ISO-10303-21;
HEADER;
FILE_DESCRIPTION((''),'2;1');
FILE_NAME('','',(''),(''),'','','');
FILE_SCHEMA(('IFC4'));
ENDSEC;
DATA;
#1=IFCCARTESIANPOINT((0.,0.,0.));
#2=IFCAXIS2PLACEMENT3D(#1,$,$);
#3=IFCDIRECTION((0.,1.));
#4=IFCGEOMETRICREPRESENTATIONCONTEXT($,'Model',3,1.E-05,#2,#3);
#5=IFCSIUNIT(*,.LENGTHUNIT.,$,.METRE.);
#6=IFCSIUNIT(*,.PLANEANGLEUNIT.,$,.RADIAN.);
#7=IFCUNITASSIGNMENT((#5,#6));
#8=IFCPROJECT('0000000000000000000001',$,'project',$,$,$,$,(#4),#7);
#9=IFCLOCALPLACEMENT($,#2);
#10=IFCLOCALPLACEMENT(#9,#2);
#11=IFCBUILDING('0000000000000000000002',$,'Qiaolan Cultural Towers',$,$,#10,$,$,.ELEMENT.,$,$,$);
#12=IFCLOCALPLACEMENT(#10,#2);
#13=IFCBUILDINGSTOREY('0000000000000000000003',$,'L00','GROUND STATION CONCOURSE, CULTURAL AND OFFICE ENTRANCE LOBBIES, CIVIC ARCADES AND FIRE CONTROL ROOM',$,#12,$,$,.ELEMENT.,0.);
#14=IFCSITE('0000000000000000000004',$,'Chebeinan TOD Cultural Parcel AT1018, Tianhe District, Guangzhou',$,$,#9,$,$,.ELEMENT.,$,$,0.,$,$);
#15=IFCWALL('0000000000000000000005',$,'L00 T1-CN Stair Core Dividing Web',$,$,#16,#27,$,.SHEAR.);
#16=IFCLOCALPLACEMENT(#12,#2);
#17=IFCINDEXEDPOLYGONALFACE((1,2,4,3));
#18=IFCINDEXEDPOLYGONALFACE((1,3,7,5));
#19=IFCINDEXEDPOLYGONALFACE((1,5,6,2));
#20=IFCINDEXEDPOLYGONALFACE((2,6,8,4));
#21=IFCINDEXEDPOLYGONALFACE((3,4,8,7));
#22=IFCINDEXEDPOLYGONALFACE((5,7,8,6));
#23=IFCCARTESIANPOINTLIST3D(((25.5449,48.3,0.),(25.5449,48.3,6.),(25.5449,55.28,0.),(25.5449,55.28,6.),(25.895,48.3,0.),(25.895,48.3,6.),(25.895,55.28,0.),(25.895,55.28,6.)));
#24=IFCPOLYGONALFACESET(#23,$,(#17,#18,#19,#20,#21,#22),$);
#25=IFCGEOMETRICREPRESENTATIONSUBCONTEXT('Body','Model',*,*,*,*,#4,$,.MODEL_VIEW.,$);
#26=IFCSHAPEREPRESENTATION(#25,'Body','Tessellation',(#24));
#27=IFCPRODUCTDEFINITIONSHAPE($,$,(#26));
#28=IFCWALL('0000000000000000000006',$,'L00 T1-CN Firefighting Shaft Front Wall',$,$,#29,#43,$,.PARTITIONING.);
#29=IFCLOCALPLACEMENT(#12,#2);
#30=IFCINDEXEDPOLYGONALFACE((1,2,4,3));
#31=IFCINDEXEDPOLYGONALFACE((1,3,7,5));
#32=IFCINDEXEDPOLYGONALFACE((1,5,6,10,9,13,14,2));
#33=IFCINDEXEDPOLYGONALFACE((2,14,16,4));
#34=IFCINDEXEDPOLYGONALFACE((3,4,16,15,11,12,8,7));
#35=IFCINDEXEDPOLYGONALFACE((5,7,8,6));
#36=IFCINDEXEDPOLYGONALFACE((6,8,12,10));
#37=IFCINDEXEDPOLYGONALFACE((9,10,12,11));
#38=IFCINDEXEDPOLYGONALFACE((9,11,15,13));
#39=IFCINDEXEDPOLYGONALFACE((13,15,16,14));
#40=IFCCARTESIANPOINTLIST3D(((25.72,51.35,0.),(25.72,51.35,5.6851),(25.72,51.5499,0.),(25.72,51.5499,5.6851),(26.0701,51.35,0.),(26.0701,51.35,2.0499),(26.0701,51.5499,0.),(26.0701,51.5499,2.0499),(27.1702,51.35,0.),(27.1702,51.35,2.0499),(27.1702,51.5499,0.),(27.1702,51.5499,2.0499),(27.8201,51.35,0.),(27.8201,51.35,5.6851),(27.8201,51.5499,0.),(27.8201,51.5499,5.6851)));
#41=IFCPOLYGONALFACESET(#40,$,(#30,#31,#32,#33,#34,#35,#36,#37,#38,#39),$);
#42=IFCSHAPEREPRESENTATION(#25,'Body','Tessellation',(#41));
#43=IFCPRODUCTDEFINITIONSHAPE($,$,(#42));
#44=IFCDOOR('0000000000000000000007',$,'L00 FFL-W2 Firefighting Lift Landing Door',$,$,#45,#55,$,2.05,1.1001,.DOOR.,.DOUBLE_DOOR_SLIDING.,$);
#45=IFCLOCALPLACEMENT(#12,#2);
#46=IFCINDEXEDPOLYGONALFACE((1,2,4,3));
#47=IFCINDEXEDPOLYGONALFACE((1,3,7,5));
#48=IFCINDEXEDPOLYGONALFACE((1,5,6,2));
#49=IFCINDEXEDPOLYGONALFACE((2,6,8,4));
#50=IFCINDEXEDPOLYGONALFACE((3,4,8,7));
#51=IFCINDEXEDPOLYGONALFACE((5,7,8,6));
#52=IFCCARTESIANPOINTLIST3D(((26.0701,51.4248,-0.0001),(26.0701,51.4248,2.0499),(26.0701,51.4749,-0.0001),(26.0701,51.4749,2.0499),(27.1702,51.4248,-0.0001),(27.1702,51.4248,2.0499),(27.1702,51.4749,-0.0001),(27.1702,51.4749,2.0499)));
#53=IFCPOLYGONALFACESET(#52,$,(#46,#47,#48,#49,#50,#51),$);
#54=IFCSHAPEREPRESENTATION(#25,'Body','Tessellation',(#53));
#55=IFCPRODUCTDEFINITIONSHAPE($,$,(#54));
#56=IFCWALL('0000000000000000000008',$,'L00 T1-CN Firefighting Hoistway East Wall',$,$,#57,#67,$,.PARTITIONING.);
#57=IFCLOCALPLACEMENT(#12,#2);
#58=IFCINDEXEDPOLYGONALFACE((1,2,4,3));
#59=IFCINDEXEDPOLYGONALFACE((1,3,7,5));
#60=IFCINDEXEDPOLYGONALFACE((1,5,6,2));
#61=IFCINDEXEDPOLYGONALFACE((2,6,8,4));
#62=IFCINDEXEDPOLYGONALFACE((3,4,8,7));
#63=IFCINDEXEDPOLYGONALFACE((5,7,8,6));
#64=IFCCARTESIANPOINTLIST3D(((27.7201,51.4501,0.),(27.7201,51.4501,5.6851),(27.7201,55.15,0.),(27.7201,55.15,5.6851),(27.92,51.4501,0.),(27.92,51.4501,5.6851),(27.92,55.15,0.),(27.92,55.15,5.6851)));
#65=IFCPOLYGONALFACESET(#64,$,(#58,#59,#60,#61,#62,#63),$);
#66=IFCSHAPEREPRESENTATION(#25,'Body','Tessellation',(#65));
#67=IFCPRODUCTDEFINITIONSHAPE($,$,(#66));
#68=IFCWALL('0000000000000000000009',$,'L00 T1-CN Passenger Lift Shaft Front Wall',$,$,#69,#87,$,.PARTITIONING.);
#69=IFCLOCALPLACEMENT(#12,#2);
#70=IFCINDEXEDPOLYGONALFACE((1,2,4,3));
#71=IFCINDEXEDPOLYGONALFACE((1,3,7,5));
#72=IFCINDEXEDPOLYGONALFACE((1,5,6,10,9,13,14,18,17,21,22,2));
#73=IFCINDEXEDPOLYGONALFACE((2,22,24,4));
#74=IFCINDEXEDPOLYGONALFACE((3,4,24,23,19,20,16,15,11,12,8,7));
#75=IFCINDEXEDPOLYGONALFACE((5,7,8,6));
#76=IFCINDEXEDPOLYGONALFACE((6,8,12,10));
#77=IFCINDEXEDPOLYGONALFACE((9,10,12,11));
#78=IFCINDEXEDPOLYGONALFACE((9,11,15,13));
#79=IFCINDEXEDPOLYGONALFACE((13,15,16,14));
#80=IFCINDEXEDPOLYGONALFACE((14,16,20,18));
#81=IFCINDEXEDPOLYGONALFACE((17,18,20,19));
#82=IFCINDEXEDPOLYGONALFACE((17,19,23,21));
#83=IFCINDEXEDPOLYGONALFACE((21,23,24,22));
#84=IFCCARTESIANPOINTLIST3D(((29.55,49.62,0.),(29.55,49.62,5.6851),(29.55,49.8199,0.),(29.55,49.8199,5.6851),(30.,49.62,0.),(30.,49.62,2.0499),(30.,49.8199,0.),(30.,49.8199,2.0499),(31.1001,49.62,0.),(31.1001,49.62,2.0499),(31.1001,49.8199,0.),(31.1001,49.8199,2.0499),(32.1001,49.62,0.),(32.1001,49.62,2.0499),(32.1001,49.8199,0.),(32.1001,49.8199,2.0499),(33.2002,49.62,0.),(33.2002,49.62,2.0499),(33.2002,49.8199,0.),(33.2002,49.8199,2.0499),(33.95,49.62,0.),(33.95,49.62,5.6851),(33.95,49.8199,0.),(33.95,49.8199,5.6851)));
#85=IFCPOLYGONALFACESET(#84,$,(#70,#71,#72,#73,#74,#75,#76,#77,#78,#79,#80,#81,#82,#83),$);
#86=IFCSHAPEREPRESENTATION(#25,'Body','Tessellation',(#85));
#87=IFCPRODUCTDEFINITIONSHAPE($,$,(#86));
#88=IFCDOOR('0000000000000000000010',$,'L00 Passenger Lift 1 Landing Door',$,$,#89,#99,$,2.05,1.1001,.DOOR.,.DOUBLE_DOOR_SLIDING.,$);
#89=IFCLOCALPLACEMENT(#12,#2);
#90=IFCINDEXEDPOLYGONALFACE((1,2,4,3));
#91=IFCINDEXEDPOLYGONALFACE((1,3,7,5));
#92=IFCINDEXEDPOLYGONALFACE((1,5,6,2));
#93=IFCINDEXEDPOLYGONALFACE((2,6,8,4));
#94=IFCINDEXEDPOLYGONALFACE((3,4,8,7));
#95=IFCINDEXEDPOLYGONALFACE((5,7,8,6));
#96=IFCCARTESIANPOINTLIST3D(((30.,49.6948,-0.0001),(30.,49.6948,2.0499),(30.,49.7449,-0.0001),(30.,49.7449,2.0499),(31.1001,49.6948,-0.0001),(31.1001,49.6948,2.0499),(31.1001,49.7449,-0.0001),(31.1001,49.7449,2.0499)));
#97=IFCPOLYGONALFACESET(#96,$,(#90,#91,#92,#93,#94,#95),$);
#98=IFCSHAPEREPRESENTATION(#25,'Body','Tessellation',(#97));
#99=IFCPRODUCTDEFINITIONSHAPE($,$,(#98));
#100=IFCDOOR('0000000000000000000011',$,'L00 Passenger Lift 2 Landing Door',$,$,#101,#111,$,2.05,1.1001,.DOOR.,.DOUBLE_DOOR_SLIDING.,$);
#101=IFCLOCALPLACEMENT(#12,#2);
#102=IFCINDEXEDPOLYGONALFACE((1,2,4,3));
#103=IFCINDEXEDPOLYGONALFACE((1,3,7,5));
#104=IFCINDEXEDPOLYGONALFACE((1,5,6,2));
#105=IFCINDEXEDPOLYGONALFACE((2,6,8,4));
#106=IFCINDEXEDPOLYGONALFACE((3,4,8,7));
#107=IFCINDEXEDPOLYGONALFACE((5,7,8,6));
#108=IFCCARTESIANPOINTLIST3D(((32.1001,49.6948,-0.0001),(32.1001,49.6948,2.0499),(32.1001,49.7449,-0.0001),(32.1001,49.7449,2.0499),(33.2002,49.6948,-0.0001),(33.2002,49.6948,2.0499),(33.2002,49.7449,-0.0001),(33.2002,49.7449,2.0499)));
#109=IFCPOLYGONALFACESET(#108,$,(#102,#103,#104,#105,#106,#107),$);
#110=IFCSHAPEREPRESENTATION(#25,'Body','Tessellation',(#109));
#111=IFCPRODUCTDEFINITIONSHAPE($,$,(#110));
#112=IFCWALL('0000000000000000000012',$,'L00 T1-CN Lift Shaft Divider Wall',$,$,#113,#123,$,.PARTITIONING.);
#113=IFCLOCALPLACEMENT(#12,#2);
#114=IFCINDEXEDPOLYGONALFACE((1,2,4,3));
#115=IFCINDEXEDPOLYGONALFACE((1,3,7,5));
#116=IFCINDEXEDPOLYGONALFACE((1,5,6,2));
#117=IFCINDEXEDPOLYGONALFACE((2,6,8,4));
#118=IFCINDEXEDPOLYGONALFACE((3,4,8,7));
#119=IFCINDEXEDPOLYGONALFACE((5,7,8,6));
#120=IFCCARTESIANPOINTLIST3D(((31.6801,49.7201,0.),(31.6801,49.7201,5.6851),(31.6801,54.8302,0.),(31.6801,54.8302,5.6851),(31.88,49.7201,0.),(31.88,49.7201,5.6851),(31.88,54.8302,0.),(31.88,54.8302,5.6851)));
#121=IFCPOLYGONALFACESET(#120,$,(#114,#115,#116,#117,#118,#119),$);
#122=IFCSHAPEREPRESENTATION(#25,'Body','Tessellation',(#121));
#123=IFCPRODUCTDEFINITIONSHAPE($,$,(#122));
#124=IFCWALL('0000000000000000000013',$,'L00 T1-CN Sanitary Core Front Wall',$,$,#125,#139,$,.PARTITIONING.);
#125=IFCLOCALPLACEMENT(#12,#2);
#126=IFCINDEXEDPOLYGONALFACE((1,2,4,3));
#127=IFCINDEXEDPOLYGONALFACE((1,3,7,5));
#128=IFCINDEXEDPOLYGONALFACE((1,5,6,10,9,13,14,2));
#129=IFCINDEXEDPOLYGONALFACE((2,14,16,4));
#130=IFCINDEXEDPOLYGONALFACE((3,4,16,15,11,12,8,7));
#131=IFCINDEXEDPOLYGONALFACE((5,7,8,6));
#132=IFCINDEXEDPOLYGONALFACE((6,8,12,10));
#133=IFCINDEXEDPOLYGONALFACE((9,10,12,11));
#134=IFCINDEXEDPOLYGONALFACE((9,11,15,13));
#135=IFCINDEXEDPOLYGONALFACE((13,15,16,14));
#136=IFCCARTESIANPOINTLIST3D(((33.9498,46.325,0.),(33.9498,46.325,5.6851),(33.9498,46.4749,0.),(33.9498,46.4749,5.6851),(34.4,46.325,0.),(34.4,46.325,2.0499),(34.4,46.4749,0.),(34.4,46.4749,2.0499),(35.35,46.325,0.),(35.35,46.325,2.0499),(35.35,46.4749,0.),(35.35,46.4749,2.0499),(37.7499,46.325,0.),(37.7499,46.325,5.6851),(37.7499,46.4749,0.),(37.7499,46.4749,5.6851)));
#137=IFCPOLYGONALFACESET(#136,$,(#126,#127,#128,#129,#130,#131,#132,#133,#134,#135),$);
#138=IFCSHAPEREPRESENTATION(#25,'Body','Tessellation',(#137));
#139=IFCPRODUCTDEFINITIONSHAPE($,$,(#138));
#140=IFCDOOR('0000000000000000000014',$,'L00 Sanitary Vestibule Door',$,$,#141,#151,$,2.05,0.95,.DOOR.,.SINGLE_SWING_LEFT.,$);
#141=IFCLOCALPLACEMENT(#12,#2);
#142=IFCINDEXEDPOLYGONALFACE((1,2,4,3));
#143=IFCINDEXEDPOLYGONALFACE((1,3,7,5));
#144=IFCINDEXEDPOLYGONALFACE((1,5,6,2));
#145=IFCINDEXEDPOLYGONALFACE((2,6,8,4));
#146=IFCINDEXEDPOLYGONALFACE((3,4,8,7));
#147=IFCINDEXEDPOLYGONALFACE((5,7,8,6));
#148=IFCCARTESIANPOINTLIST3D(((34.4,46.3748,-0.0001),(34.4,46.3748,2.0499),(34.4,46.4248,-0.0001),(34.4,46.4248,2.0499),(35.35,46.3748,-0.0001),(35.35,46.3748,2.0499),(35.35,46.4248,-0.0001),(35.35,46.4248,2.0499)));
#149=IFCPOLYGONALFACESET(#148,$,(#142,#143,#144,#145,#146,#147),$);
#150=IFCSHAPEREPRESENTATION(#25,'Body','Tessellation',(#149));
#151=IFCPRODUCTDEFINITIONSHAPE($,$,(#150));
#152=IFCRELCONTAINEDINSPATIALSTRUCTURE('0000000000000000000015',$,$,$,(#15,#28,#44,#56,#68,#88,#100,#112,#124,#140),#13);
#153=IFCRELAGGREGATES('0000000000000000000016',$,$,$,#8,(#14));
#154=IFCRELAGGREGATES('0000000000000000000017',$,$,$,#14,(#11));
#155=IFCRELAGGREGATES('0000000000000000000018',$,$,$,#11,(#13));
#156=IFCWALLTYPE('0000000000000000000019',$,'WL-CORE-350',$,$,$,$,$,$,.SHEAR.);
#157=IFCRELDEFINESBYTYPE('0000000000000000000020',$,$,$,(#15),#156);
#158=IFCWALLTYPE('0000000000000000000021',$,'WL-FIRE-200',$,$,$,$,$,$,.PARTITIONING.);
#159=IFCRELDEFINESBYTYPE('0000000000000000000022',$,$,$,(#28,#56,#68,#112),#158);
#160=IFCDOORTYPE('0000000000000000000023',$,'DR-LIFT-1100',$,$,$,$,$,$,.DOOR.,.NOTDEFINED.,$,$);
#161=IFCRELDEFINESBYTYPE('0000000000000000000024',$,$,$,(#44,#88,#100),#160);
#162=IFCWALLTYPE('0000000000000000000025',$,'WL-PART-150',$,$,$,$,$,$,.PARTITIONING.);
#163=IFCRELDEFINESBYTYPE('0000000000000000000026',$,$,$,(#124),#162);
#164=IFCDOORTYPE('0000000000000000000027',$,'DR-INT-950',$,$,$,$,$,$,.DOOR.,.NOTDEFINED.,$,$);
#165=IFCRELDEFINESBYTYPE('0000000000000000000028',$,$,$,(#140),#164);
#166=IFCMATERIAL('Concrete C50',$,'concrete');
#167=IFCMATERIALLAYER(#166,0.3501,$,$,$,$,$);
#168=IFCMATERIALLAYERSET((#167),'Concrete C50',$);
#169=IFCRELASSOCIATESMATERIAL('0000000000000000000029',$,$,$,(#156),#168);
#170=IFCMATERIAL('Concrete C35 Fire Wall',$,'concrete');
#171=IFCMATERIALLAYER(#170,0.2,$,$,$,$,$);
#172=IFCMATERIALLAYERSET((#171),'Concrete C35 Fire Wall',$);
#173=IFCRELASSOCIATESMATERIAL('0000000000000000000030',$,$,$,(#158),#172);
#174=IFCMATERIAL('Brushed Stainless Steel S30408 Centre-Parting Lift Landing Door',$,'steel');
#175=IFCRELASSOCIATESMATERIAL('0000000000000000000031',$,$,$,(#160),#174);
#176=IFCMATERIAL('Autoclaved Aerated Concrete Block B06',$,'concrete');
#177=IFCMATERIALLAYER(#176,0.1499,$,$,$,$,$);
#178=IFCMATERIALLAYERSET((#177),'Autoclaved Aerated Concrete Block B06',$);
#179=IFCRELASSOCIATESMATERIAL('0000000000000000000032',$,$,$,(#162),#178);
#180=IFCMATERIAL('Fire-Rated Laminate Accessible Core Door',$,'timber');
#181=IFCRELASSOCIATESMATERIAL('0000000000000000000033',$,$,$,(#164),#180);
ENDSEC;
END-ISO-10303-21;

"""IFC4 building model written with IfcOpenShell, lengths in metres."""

from ifc_helpers import new_model, si_unit, direction, frame, frame_2d, origin, place, context, subcontext, project, spatial, rectangle, extrude, material, layer, layer_set, type_object, element, fill, save


model = new_model("IFC4")

# Units and contexts
model_context = context("Model", 3, precision=1e-05, world=origin(), true_north=direction((0.0, 1.0)))
body_context = subcontext(model_context, "Body", "Model", "MODEL_VIEW")
ifc_project = project(units=[si_unit("LENGTHUNIT", "METRE"), si_unit("PLANEANGLEUNIT", "RADIAN")], contexts=[model_context])

# Site, building, storey
site_placement = place(None, origin())
site = spatial("IfcSite", under=ifc_project, at=site_placement, Name="Chebeinan TOD Cultural Parcel AT1018, Tianhe District, Guangzhou", CompositionType="ELEMENT", RefElevation=0.0)
building_placement = place(site_placement, origin())
building = spatial("IfcBuilding", under=site, at=building_placement, Name="Qiaolan Cultural Towers", CompositionType="ELEMENT")
storey_placement = place(building_placement, origin())
storey = spatial("IfcBuildingStorey", under=building, at=storey_placement, Name="L00", Description="GROUND STATION CONCOURSE, CULTURAL AND OFFICE ENTRANCE LOBBIES, CIVIC ARCADES AND FIRE CONTROL ROOM", CompositionType="ELEMENT", Elevation=0.0)

# Wall
ifc_material_1 = material(Name="Concrete C50", Category="concrete")
ifc_layer_1 = layer(ifc_material_1, 0.3501)
ifc_layer_set_1 = layer_set([ifc_layer_1], Name="Concrete C50")
wall_type_1 = type_object("IfcWallType", Name="WL-CORE-350", PredefinedType="SHEAR", material=ifc_layer_set_1)
wall_1_placement = place(storey_placement, frame((25.72, 48.3, 0.0), z_axis=(0.0, 0.0, 1.0), x_axis=(0.0, 1.0, 0.0)))
element("IfcWall", 1, at=wall_1_placement, inside=storey, type_object=wall_type_1, Name="L00 T1-CN Stair Core Dividing Web", PredefinedType="SHEAR", context=body_context, shape_type="SweptSolid", body=[
    extrude(rectangle(XDim=6.98, YDim=0.3501, at=frame_2d((3.49, 0.0))), origin(), (0.0, 0.0, 1.0), 6.0),
])

# Wall, opening, door
ifc_material_2 = material(Name="Concrete C35 Fire Wall", Category="concrete")
ifc_layer_2 = layer(ifc_material_2, 0.2)
ifc_layer_set_2 = layer_set([ifc_layer_2], Name="Concrete C35 Fire Wall")
wall_type_2 = type_object("IfcWallType", Name="WL-FIRE-200", PredefinedType="PARTITIONING", material=ifc_layer_set_2)
wall_2_placement = place(storey_placement, frame((25.72, 51.45, 0.0), z_axis=(0.0, 0.0, 1.0), x_axis=(1.0, 0.0, 0.0)))
wall_2 = element("IfcWall", 2, at=wall_2_placement, inside=storey, type_object=wall_type_2, Name="L00 T1-CN Firefighting Shaft Front Wall", PredefinedType="PARTITIONING", context=body_context, shape_type="SweptSolid", body=[
    extrude(rectangle(XDim=2.1001, YDim=0.2, at=frame_2d((1.05, 0.0))), origin(), (0.0, 0.0, 1.0), 5.6851),
])
opening_1_placement = place(wall_2_placement, frame((0.3501, 0.0, 0.0)))
opening_1 = element("IfcOpeningElement", 3, at=opening_1_placement, cuts=wall_2, PredefinedType="OPENING", context=body_context, shape_type="SweptSolid", body=[
    extrude(rectangle(XDim=1.1001, YDim=2.05, at=frame_2d((0.55, 1.0249))), frame((0.0, 0.1099, 0.0), z_axis=(0.0, -1.0, 0.0), x_axis=(1.0, 0.0, 0.0)), (0.0, 0.0, 1.0), 0.22),
])
ifc_material_3 = material(Name="Brushed Stainless Steel S30408 Centre-Parting Lift Landing Door", Category="steel")
door_type_1 = type_object("IfcDoorType", Name="DR-LIFT-1100", OperationType="NOTDEFINED", PredefinedType="DOOR", material=ifc_material_3)
door_1_placement = place(opening_1_placement, origin())
door_1 = element("IfcDoor", 4, at=door_1_placement, inside=storey, type_object=door_type_1, Name="L00 FFL-W2 Firefighting Lift Landing Door", OperationType="DOUBLE_DOOR_SLIDING", OverallHeight=2.05, OverallWidth=1.1001, PredefinedType="DOOR", context=body_context, shape_type="SweptSolid", body=[
    extrude(rectangle(XDim=1.1001, YDim=2.05, at=frame_2d((0.55, 1.0249))), frame((0.0, 0.0249, 0.0), z_axis=(0.0, -1.0, 0.0), x_axis=(1.0, 0.0, 0.0)), (0.0, 0.0, 1.0), 0.05),
])
fill(opening_1, door_1)

# Wall
wall_3_placement = place(storey_placement, frame((27.8201, 51.45, 0.0), z_axis=(0.0, 0.0, 1.0), x_axis=(0.0, 1.0, 0.0)))
element("IfcWall", 5, at=wall_3_placement, inside=storey, type_object=wall_type_2, Name="L00 T1-CN Firefighting Hoistway East Wall", PredefinedType="PARTITIONING", context=body_context, shape_type="SweptSolid", body=[
    extrude(rectangle(XDim=3.7, YDim=0.2, at=frame_2d((1.8501, 0.0))), origin(), (0.0, 0.0, 1.0), 5.6851),
])

# Wall, openings, doors
wall_4_placement = place(storey_placement, frame((29.55, 49.72, 0.0), z_axis=(0.0, 0.0, 1.0), x_axis=(1.0, 0.0, 0.0)))
wall_4 = element("IfcWall", 6, at=wall_4_placement, inside=storey, type_object=wall_type_2, Name="L00 T1-CN Passenger Lift Shaft Front Wall", PredefinedType="PARTITIONING", context=body_context, shape_type="SweptSolid", body=[
    extrude(rectangle(XDim=4.3999, YDim=0.2, at=frame_2d((2.2, 0.0))), origin(), (0.0, 0.0, 1.0), 5.6851),
])
opening_2_placement = place(wall_4_placement, frame((0.45, 0.0, 0.0)))
opening_2 = element("IfcOpeningElement", 7, at=opening_2_placement, cuts=wall_4, PredefinedType="OPENING", context=body_context, shape_type="SweptSolid", body=[
    extrude(rectangle(XDim=1.1001, YDim=2.05, at=frame_2d((0.55, 1.0249))), frame((0.0, 0.1099, 0.0), z_axis=(0.0, -1.0, 0.0), x_axis=(1.0, 0.0, 0.0)), (0.0, 0.0, 1.0), 0.22),
])
opening_3_placement = place(wall_4_placement, frame((2.55, 0.0, 0.0)))
opening_3 = element("IfcOpeningElement", 8, at=opening_3_placement, cuts=wall_4, PredefinedType="OPENING", context=body_context, shape_type="SweptSolid", body=[
    extrude(rectangle(XDim=1.1001, YDim=2.05, at=frame_2d((0.55, 1.0249))), frame((0.0, 0.1099, 0.0), z_axis=(0.0, -1.0, 0.0), x_axis=(1.0, 0.0, 0.0)), (0.0, 0.0, 1.0), 0.22),
])
door_2_placement = place(opening_2_placement, origin())
door_2 = element("IfcDoor", 9, at=door_2_placement, inside=storey, type_object=door_type_1, Name="L00 Passenger Lift 1 Landing Door", OperationType="DOUBLE_DOOR_SLIDING", OverallHeight=2.05, OverallWidth=1.1001, PredefinedType="DOOR", context=body_context, shape_type="SweptSolid", body=[
    extrude(rectangle(XDim=1.1001, YDim=2.05, at=frame_2d((0.55, 1.0249))), frame((0.0, 0.0249, 0.0), z_axis=(0.0, -1.0, 0.0), x_axis=(1.0, 0.0, 0.0)), (0.0, 0.0, 1.0), 0.05),
])
fill(opening_2, door_2)
door_3_placement = place(opening_3_placement, origin())
door_3 = element("IfcDoor", 10, at=door_3_placement, inside=storey, type_object=door_type_1, Name="L00 Passenger Lift 2 Landing Door", OperationType="DOUBLE_DOOR_SLIDING", OverallHeight=2.05, OverallWidth=1.1001, PredefinedType="DOOR", context=body_context, shape_type="SweptSolid", body=[
    extrude(rectangle(XDim=1.1001, YDim=2.05, at=frame_2d((0.55, 1.0249))), frame((0.0, 0.0249, 0.0), z_axis=(0.0, -1.0, 0.0), x_axis=(1.0, 0.0, 0.0)), (0.0, 0.0, 1.0), 0.05),
])
fill(opening_3, door_3)

# Wall
wall_5_placement = place(storey_placement, frame((31.78, 49.72, 0.0), z_axis=(0.0, 0.0, 1.0), x_axis=(0.0, 1.0, 0.0)))
element("IfcWall", 11, at=wall_5_placement, inside=storey, type_object=wall_type_2, Name="L00 T1-CN Lift Shaft Divider Wall", PredefinedType="PARTITIONING", context=body_context, shape_type="SweptSolid", body=[
    extrude(rectangle(XDim=5.1101, YDim=0.2, at=frame_2d((2.5552, 0.0))), origin(), (0.0, 0.0, 1.0), 5.6851),
])

# Wall, opening, door
ifc_material_4 = material(Name="Autoclaved Aerated Concrete Block B06", Category="concrete")
ifc_layer_3 = layer(ifc_material_4, 0.1499)
ifc_layer_set_3 = layer_set([ifc_layer_3], Name="Autoclaved Aerated Concrete Block B06")
wall_type_3 = type_object("IfcWallType", Name="WL-PART-150", PredefinedType="PARTITIONING", material=ifc_layer_set_3)
wall_6_placement = place(storey_placement, frame((33.95, 46.3999, 0.0), z_axis=(0.0, 0.0, 1.0), x_axis=(1.0, 0.0, 0.0)))
wall_6 = element("IfcWall", 12, at=wall_6_placement, inside=storey, type_object=wall_type_3, Name="L00 T1-CN Sanitary Core Front Wall", PredefinedType="PARTITIONING", context=body_context, shape_type="SweptSolid", body=[
    extrude(rectangle(XDim=3.8, YDim=0.1499, at=frame_2d((1.8999, 0.0))), origin(), (0.0, 0.0, 1.0), 5.6851),
])
opening_4_placement = place(wall_6_placement, frame((0.45, 0.0, 0.0)))
opening_4 = element("IfcOpeningElement", 13, at=opening_4_placement, cuts=wall_6, PredefinedType="OPENING", context=body_context, shape_type="SweptSolid", body=[
    extrude(rectangle(XDim=0.95, YDim=2.05, at=frame_2d((0.4751, 1.0249))), frame((0.0, 0.085, 0.0), z_axis=(0.0, -1.0, 0.0), x_axis=(1.0, 0.0, 0.0)), (0.0, 0.0, 1.0), 0.1699),
])
ifc_material_5 = material(Name="Fire-Rated Laminate Accessible Core Door", Category="timber")
door_type_2 = type_object("IfcDoorType", Name="DR-INT-950", OperationType="NOTDEFINED", PredefinedType="DOOR", material=ifc_material_5)
door_4_placement = place(opening_4_placement, origin())
door_4 = element("IfcDoor", 14, at=door_4_placement, inside=storey, type_object=door_type_2, Name="L00 Sanitary Vestibule Door", OperationType="SINGLE_SWING_LEFT", OverallHeight=2.05, OverallWidth=0.95, PredefinedType="DOOR", context=body_context, shape_type="SweptSolid", body=[
    extrude(rectangle(XDim=0.95, YDim=2.05, at=frame_2d((0.4751, 1.0249))), frame((0.0, 0.0249, 0.0), z_axis=(0.0, -1.0, 0.0), x_axis=(1.0, 0.0, 0.0)), (0.0, 0.0, 1.0), 0.05),
])
fill(opening_4, door_4)

save(model, "model.ifc")
